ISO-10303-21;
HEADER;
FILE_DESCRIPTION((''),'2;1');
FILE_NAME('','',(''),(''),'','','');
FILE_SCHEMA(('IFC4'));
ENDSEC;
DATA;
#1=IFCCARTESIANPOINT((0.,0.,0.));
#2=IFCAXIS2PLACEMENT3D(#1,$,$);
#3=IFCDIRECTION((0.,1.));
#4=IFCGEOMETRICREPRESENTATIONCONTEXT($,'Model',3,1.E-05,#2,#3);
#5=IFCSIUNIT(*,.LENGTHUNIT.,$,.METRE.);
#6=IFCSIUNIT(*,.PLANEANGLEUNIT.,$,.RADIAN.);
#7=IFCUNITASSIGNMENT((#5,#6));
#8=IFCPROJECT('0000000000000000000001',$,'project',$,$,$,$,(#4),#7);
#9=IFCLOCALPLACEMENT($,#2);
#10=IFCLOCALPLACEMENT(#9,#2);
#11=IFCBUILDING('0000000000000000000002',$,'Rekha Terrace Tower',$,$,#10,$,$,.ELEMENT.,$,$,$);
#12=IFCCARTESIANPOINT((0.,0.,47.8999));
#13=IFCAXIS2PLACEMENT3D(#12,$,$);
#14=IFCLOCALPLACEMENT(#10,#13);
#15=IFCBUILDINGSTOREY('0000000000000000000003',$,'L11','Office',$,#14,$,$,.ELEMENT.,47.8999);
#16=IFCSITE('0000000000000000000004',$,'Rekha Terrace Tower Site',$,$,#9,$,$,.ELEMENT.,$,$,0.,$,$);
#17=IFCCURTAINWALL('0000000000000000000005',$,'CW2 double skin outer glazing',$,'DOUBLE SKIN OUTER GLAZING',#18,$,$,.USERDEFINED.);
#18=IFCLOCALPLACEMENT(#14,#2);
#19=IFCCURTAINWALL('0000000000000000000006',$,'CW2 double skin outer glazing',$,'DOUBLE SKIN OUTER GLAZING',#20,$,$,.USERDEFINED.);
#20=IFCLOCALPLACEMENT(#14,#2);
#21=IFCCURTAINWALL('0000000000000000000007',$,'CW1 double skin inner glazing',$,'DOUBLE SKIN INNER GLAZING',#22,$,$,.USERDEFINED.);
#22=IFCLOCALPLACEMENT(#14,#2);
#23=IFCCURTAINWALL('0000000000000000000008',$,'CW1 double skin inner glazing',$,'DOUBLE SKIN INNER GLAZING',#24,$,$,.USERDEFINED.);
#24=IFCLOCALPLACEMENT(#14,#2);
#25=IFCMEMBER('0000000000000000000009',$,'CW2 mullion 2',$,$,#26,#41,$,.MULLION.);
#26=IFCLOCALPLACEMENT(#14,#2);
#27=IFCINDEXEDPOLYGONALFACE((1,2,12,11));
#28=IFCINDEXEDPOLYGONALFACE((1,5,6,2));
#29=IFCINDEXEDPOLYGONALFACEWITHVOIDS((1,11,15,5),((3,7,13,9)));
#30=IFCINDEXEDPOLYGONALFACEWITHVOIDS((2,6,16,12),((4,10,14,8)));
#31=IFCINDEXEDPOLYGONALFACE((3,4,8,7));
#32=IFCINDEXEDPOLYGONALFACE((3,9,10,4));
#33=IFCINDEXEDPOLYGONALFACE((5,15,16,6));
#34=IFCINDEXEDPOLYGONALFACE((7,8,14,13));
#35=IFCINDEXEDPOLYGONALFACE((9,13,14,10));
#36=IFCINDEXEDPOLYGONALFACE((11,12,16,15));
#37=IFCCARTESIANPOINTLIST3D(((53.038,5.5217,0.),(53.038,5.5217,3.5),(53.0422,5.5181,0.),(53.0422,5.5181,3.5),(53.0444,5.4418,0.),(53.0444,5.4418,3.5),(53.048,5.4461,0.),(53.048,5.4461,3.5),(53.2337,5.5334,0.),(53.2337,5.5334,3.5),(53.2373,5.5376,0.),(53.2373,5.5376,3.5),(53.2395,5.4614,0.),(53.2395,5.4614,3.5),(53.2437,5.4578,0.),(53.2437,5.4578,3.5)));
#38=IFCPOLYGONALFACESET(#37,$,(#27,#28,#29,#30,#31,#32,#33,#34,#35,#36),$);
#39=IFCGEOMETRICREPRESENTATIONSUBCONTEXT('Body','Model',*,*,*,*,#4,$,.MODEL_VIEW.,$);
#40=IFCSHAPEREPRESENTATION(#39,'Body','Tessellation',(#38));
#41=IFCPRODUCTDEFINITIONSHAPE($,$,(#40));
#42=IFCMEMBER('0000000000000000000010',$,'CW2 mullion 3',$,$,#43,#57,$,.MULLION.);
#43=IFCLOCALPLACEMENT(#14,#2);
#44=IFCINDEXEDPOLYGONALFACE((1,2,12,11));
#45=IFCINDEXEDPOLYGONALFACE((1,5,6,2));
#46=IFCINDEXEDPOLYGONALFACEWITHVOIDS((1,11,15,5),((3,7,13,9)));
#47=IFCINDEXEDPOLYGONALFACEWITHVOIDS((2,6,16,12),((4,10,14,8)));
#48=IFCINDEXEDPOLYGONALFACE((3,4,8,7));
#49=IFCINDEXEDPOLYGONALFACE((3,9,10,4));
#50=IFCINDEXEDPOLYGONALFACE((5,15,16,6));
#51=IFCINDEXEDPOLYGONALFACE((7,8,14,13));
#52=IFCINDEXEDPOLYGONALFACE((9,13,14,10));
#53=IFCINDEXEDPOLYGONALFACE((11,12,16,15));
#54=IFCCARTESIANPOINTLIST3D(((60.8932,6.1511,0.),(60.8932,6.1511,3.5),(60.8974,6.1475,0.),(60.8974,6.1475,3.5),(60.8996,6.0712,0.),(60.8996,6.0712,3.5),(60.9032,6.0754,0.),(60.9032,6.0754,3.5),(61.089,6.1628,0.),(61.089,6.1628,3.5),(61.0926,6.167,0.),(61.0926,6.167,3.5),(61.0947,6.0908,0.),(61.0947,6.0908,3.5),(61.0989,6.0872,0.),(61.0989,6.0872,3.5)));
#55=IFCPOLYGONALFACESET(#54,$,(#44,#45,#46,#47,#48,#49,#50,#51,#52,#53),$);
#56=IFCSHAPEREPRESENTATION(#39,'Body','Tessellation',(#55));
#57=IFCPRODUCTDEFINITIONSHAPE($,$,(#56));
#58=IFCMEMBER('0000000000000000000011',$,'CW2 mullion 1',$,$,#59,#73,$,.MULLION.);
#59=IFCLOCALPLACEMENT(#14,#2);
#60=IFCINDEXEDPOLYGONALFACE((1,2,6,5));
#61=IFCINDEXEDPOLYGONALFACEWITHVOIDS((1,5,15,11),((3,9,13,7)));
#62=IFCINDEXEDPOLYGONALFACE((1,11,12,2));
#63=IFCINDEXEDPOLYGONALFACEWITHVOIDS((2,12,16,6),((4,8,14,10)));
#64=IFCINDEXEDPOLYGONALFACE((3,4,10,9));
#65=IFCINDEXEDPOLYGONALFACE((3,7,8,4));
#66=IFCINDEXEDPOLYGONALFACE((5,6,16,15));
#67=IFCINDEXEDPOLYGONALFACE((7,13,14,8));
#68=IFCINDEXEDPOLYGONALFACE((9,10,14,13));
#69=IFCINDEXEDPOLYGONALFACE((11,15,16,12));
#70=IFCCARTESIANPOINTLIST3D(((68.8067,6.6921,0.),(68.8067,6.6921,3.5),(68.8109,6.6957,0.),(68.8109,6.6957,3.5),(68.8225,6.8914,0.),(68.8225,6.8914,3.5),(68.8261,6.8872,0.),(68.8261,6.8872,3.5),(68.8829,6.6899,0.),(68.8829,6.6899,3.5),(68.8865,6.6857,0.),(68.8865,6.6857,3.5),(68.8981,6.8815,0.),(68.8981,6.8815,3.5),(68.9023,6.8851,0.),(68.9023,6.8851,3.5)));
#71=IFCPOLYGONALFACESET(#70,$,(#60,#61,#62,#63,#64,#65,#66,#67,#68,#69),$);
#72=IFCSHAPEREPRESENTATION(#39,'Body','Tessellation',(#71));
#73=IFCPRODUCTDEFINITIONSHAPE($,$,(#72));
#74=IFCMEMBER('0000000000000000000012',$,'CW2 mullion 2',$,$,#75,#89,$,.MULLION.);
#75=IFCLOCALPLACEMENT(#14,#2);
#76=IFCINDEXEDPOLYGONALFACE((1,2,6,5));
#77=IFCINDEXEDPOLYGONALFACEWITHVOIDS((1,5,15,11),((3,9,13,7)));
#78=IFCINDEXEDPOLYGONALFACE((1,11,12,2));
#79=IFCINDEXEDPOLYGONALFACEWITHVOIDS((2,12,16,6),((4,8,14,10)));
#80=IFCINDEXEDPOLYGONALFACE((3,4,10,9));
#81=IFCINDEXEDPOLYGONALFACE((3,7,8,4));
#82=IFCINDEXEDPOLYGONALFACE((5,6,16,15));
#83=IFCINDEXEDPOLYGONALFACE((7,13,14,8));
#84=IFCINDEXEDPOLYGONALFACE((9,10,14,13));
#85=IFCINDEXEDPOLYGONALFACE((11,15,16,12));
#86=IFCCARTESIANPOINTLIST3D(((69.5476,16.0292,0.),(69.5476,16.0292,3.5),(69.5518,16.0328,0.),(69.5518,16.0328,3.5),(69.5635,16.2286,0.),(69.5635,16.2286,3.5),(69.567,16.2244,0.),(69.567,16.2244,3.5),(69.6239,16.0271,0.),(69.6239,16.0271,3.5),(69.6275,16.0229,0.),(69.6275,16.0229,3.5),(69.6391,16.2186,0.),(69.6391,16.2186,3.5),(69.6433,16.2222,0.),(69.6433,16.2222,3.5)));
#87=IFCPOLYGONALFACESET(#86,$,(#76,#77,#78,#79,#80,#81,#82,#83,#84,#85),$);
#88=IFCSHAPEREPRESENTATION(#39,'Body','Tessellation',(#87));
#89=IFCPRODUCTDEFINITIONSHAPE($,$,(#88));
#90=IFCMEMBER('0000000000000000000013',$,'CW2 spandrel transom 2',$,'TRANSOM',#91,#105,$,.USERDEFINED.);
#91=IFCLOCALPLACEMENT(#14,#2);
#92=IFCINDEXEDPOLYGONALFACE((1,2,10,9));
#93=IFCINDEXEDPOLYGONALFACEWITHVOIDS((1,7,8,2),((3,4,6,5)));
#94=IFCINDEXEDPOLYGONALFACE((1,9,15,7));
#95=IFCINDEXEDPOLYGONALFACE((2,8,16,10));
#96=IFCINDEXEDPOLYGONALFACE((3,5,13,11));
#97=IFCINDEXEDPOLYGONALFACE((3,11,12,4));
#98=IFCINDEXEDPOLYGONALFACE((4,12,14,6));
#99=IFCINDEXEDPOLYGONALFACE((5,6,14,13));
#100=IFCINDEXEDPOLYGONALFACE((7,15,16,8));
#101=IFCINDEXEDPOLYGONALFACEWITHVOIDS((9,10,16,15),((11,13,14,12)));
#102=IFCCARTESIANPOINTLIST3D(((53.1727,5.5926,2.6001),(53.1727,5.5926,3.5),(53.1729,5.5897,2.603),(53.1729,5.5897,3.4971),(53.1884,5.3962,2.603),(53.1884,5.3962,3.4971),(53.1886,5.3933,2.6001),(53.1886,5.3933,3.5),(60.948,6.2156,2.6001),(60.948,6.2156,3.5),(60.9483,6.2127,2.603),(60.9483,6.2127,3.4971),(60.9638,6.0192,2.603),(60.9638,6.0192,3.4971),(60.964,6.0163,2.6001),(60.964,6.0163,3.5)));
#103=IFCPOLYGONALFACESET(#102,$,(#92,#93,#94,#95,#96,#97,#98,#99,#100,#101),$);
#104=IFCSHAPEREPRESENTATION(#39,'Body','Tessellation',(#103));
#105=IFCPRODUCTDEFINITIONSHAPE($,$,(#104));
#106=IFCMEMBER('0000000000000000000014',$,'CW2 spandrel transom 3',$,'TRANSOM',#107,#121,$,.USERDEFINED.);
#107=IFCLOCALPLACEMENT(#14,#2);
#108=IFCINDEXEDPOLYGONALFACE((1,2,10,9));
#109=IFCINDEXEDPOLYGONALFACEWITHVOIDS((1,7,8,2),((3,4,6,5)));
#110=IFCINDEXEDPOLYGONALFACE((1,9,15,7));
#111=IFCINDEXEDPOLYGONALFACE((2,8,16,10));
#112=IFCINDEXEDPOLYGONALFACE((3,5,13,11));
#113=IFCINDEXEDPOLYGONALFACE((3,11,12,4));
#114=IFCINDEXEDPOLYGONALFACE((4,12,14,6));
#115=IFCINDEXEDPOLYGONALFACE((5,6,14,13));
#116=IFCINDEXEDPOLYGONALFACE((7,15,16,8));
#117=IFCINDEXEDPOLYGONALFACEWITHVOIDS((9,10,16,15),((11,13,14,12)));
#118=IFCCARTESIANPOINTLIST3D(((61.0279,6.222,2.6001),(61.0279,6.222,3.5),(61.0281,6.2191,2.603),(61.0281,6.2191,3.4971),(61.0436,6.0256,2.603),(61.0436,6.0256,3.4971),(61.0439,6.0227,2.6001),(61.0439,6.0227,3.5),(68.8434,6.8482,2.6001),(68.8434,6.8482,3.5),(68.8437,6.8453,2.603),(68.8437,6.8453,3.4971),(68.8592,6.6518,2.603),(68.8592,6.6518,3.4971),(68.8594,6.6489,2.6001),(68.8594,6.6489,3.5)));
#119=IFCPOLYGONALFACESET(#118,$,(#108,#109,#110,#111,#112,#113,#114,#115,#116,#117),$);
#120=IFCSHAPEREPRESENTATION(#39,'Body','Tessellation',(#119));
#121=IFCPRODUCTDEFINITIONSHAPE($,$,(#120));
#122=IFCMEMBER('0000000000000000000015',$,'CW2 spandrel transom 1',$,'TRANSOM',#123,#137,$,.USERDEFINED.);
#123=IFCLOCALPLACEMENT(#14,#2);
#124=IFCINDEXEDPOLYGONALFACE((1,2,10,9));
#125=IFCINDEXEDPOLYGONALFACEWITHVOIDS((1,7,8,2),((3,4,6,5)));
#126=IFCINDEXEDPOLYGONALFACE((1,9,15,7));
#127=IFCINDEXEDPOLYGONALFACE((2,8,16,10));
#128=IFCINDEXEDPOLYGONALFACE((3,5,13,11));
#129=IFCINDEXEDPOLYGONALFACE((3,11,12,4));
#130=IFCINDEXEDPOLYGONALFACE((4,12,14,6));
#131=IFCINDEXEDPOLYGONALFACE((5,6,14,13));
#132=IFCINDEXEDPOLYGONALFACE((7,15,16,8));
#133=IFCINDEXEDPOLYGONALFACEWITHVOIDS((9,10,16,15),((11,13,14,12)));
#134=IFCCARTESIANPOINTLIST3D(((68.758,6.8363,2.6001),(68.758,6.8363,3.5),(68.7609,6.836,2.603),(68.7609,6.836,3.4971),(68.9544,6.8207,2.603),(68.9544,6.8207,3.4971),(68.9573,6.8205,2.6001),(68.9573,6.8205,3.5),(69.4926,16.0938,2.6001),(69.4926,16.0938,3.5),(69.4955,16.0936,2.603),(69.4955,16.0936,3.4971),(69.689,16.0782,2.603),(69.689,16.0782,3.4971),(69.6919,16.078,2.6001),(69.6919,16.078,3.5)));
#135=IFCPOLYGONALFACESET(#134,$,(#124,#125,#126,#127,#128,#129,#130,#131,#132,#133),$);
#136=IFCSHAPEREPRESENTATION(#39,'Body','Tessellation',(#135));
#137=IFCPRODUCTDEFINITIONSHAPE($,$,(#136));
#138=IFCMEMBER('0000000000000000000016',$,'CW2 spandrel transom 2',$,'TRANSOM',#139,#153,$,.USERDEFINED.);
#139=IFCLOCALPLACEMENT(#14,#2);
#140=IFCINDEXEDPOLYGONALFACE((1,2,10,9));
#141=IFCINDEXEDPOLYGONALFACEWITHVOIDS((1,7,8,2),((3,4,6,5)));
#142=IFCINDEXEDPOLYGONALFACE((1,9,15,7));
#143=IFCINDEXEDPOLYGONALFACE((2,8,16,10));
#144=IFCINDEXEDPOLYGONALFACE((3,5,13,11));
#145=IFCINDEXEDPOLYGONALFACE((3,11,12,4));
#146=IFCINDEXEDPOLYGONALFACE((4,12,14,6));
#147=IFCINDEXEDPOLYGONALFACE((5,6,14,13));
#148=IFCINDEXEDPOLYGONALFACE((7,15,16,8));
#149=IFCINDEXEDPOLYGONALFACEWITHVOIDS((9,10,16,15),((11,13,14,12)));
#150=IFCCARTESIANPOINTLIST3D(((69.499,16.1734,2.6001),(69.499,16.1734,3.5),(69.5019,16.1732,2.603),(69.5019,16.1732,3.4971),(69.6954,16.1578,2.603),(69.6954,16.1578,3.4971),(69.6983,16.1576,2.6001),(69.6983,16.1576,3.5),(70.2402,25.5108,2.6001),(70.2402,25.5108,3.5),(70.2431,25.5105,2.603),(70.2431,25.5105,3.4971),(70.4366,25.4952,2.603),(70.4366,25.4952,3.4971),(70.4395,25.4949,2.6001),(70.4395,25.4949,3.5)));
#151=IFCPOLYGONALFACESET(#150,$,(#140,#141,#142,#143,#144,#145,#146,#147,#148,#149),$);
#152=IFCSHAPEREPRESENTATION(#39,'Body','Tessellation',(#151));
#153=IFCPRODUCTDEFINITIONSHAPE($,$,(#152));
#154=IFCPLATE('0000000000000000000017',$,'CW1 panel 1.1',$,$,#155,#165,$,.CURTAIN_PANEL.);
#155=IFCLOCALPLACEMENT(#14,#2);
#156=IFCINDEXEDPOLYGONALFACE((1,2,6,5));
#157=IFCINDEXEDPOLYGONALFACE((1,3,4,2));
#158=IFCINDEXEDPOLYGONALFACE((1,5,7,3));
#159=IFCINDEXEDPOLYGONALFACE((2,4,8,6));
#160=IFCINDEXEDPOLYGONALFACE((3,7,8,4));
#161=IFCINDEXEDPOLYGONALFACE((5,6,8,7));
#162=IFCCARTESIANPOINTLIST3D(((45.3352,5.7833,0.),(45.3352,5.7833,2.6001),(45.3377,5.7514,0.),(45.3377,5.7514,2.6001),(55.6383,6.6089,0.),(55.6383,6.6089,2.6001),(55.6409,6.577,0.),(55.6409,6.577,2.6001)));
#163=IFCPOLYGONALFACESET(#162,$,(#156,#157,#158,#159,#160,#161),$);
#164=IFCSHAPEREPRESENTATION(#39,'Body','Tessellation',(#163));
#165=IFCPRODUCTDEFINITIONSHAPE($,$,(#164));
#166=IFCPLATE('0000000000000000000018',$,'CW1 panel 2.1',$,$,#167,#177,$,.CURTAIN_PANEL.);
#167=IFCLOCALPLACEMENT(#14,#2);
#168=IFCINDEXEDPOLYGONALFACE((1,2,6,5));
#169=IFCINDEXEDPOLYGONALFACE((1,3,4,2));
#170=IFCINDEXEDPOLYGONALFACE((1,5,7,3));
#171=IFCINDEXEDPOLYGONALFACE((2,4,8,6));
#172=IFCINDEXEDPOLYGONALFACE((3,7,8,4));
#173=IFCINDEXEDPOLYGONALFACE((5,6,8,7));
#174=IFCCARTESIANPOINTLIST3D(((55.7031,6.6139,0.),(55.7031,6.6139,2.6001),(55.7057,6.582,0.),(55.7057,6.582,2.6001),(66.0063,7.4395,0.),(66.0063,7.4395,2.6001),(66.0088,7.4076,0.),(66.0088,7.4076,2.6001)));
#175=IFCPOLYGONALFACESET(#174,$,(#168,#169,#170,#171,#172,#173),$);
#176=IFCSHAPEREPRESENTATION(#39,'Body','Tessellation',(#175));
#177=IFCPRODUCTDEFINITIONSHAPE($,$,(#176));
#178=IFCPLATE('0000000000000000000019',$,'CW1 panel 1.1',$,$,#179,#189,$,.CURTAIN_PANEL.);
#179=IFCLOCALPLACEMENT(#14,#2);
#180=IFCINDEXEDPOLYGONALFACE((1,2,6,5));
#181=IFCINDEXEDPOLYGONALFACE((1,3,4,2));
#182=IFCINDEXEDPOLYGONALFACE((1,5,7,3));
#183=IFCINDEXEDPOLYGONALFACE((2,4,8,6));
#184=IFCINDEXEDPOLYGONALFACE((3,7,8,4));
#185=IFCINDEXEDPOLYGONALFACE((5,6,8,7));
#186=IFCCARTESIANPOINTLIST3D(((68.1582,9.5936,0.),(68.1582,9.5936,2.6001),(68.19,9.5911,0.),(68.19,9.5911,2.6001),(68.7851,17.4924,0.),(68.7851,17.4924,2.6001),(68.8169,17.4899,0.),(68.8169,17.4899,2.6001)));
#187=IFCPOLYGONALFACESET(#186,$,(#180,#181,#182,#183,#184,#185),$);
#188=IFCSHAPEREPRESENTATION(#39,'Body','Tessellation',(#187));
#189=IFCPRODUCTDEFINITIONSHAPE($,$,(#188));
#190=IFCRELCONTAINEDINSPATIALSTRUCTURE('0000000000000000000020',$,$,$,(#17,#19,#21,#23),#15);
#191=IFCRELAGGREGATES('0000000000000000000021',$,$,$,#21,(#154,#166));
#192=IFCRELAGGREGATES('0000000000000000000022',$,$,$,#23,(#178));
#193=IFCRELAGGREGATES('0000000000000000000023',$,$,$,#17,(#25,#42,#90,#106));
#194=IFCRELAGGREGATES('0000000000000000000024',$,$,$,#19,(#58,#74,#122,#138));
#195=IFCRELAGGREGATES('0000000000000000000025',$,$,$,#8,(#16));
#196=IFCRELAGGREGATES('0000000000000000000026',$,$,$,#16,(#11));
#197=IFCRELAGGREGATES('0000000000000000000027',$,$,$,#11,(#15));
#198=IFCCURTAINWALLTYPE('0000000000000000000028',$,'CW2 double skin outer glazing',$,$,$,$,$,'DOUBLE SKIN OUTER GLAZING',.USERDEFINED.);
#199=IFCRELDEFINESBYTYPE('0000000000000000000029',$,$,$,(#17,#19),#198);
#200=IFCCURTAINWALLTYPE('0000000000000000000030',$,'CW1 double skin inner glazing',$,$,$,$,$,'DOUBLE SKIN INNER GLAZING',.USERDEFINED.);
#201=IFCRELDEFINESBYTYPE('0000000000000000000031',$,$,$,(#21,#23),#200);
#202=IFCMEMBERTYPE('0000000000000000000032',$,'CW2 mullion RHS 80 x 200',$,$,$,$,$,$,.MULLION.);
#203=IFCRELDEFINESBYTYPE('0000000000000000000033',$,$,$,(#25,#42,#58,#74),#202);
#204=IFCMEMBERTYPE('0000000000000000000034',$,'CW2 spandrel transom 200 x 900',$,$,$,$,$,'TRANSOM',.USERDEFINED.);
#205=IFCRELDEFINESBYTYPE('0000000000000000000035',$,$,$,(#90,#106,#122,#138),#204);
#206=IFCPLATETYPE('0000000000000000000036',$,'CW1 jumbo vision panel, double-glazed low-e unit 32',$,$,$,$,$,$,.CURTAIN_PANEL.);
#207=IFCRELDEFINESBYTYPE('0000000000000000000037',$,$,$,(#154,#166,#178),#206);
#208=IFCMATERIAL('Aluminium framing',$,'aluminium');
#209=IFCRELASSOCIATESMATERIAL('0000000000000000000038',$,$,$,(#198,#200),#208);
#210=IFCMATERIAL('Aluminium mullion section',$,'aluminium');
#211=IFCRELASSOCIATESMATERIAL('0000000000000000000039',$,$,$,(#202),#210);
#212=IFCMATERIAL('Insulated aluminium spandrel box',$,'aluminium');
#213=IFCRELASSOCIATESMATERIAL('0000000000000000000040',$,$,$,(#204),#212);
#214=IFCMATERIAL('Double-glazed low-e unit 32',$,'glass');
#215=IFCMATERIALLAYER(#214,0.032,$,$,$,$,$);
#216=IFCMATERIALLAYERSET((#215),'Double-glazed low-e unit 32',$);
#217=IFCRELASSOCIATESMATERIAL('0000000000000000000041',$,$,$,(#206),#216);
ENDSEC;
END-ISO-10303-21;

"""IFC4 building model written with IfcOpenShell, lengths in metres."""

from ifc_helpers import new_model, si_unit, direction, frame, origin, origin_2d, place, context, subcontext, project, spatial, rectangle, hollow_rectangle, extrude, material, layer, layer_set, material_profile, profile_set, type_object, element, aggregate, save


model = new_model("IFC4")

# Units and contexts
model_context = context("Model", 3, precision=1e-05, world=origin(), true_north=direction((0.0, 1.0)))
body_context = subcontext(model_context, "Body", "Model", "MODEL_VIEW")
ifc_project = project(units=[si_unit("LENGTHUNIT", "METRE"), si_unit("PLANEANGLEUNIT", "RADIAN")], contexts=[model_context])

# Site, building, storey
site_placement = place(None, origin())
site = spatial("IfcSite", under=ifc_project, at=site_placement, Name="Rekha Terrace Tower Site", CompositionType="ELEMENT", RefElevation=0.0)
building_placement = place(site_placement, origin())
building = spatial("IfcBuilding", under=site, at=building_placement, Name="Rekha Terrace Tower", CompositionType="ELEMENT")
storey_placement = place(building_placement, frame((0.0, 0.0, 47.8999)))
storey = spatial("IfcBuildingStorey", under=building, at=storey_placement, Name="L11", Description="Office", CompositionType="ELEMENT", Elevation=47.8999)

# Curtain wall
ifc_material_1 = material(Name="Aluminium framing", Category="aluminium")
curtain_wall_type_1 = type_object("IfcCurtainWallType", Name="CW2 double skin outer glazing", ElementType="DOUBLE SKIN OUTER GLAZING", PredefinedType="USERDEFINED", material=ifc_material_1)
curtain_wall_1_placement = place(storey_placement, origin())
curtain_wall_1 = element("IfcCurtainWall", 1, at=curtain_wall_1_placement, inside=storey, type_object=curtain_wall_type_1, Name="CW2 double skin outer glazing", ObjectType="DOUBLE SKIN OUTER GLAZING", PredefinedType="USERDEFINED")

# Curtain wall
curtain_wall_2_placement = place(storey_placement, origin())
curtain_wall_2 = element("IfcCurtainWall", 2, at=curtain_wall_2_placement, inside=storey, type_object=curtain_wall_type_1, Name="CW2 double skin outer glazing", ObjectType="DOUBLE SKIN OUTER GLAZING", PredefinedType="USERDEFINED")

# Curtain wall
curtain_wall_type_2 = type_object("IfcCurtainWallType", Name="CW1 double skin inner glazing", ElementType="DOUBLE SKIN INNER GLAZING", PredefinedType="USERDEFINED", material=ifc_material_1)
curtain_wall_3_placement = place(storey_placement, origin())
curtain_wall_3 = element("IfcCurtainWall", 3, at=curtain_wall_3_placement, inside=storey, type_object=curtain_wall_type_2, Name="CW1 double skin inner glazing", ObjectType="DOUBLE SKIN INNER GLAZING", PredefinedType="USERDEFINED")
ifc_material_2 = material(Name="Aluminium mullion section", Category="aluminium")

# Curtain wall
curtain_wall_4_placement = place(storey_placement, origin())
curtain_wall_4 = element("IfcCurtainWall", 4, at=curtain_wall_4_placement, inside=storey, type_object=curtain_wall_type_2, Name="CW1 double skin inner glazing", ObjectType="DOUBLE SKIN INNER GLAZING", PredefinedType="USERDEFINED")

# Members
ifc_material_3 = material(Name="Insulated aluminium spandrel box", Category="aluminium")
ifc_material_profile_1 = material_profile(ifc_material_2, hollow_rectangle(XDim=0.0801, YDim=0.2, WallThickness=0.0039, at=origin_2d()), Name="AL RHS 80x200")
ifc_profile_set_1 = profile_set([ifc_material_profile_1], Name="Aluminium mullion section")
member_type_1 = type_object("IfcMemberType", Name="CW2 mullion RHS 80 x 200", PredefinedType="MULLION", material=ifc_profile_set_1)
member_1_placement = place(storey_placement, frame((53.1409, 5.4897, 0.0), z_axis=(0.0, 0.0, 1.0), x_axis=(-0.079872, 0.996805, 0.0)))
member_1 = element("IfcMember", 5, at=member_1_placement, type_object=member_type_1, Name="CW2 mullion 2", PredefinedType="MULLION", context=body_context, shape_type="SweptSolid", body=[
    extrude(hollow_rectangle(XDim=0.0801, YDim=0.2, WallThickness=0.0039, at=origin_2d()), origin(), (0.0, 0.0, 1.0), 3.5),
])
member_2_placement = place(storey_placement, frame((60.9961, 6.1191, 0.0), z_axis=(0.0, 0.0, 1.0), x_axis=(-0.079872, 0.996805, 0.0)))
member_2 = element("IfcMember", 6, at=member_2_placement, type_object=member_type_1, Name="CW2 mullion 3", PredefinedType="MULLION", context=body_context, shape_type="SweptSolid", body=[
    extrude(hollow_rectangle(XDim=0.0801, YDim=0.2, WallThickness=0.0039, at=origin_2d()), origin(), (0.0, 0.0, 1.0), 3.5),
])
member_3_placement = place(storey_placement, frame((68.8545, 6.7886, 0.0), z_axis=(0.0, 0.0, 1.0), x_axis=(-0.996865, 0.079116, 0.0)))
member_3 = element("IfcMember", 7, at=member_3_placement, type_object=member_type_1, Name="CW2 mullion 1", PredefinedType="MULLION", context=body_context, shape_type="SweptSolid", body=[
    extrude(hollow_rectangle(XDim=0.0801, YDim=0.2, WallThickness=0.0039, at=origin_2d()), origin(), (0.0, 0.0, 1.0), 3.5),
])
member_4_placement = place(storey_placement, frame((69.5955, 16.1257, 0.0), z_axis=(0.0, 0.0, 1.0), x_axis=(-0.996865, 0.079116, 0.0)))
member_4 = element("IfcMember", 8, at=member_4_placement, type_object=member_type_1, Name="CW2 mullion 2", PredefinedType="MULLION", context=body_context, shape_type="SweptSolid", body=[
    extrude(hollow_rectangle(XDim=0.0801, YDim=0.2, WallThickness=0.0039, at=origin_2d()), origin(), (0.0, 0.0, 1.0), 3.5),
])
ifc_material_profile_2 = material_profile(ifc_material_3, hollow_rectangle(XDim=0.2, YDim=0.8999, WallThickness=0.0029, at=origin_2d()), Name="AL SPANDREL BOX 200x900")
ifc_profile_set_2 = profile_set([ifc_material_profile_2], Name="Insulated aluminium spandrel box")
member_type_2 = type_object("IfcMemberType", Name="CW2 spandrel transom 200 x 900", ElementType="TRANSOM", PredefinedType="USERDEFINED", material=ifc_profile_set_2)
member_5_placement = place(storey_placement, frame((53.1807, 5.4929, 3.05), z_axis=(0.996805, 0.079875, 0.0), x_axis=(-0.079875, 0.996805, 0.0)))
member_5 = element("IfcMember", 9, at=member_5_placement, type_object=member_type_2, Name="CW2 spandrel transom 2", ObjectType="TRANSOM", PredefinedType="USERDEFINED", context=body_context, shape_type="SweptSolid", body=[
    extrude(hollow_rectangle(XDim=0.2, YDim=0.8999, WallThickness=0.0029, at=origin_2d()), origin(), (0.0, 0.0, 1.0), 7.8003),
])
member_6_placement = place(storey_placement, frame((61.0359, 6.1223, 3.05), z_axis=(0.996805, 0.07987, 0.0), x_axis=(-0.07987, 0.996805, 0.0)))
member_6 = element("IfcMember", 10, at=member_6_placement, type_object=member_type_2, Name="CW2 spandrel transom 3", ObjectType="TRANSOM", PredefinedType="USERDEFINED", context=body_context, shape_type="SweptSolid", body=[
    extrude(hollow_rectangle(XDim=0.2, YDim=0.8999, WallThickness=0.0029, at=origin_2d()), origin(), (0.0, 0.0, 1.0), 7.8406),
])
member_7_placement = place(storey_placement, frame((68.8577, 6.8284, 3.05), z_axis=(0.079105, 0.996866, 0.0), x_axis=(-0.996866, 0.079105, 0.0)))
member_7 = element("IfcMember", 11, at=member_7_placement, type_object=member_type_2, Name="CW2 spandrel transom 1", ObjectType="TRANSOM", PredefinedType="USERDEFINED", context=body_context, shape_type="SweptSolid", body=[
    extrude(hollow_rectangle(XDim=0.2, YDim=0.8999, WallThickness=0.0029, at=origin_2d()), origin(), (0.0, 0.0, 1.0), 9.2866),
])
member_8_placement = place(storey_placement, frame((69.5986, 16.1655, 3.05), z_axis=(0.079132, 0.996864, 0.0), x_axis=(-0.996864, 0.079132, 0.0)))
member_8 = element("IfcMember", 12, at=member_8_placement, type_object=member_type_2, Name="CW2 spandrel transom 2", ObjectType="TRANSOM", PredefinedType="USERDEFINED", context=body_context, shape_type="SweptSolid", body=[
    extrude(hollow_rectangle(XDim=0.2, YDim=0.8999, WallThickness=0.0029, at=origin_2d()), origin(), (0.0, 0.0, 1.0), 9.3667),
])

# Plates
ifc_material_4 = material(Name="Double-glazed low-e unit 32", Category="glass")
ifc_layer_1 = layer(ifc_material_4, 0.032)
ifc_layer_set_1 = layer_set([ifc_layer_1], Name="Double-glazed low-e unit 32")
plate_type_1 = type_object("IfcPlateType", Name="CW1 jumbo vision panel, double-glazed low-e unit 32", PredefinedType="CURTAIN_PANEL", material=ifc_layer_set_1)
plate_1_placement = place(storey_placement, frame((50.488, 6.1802, 0.0), z_axis=(0.0, 0.0, 1.0), x_axis=(0.996805, 0.079872, 0.0)))
plate_1 = element("IfcPlate", 13, at=plate_1_placement, type_object=plate_type_1, Name="CW1 panel 1.1", PredefinedType="CURTAIN_PANEL", context=body_context, shape_type="SweptSolid", body=[
    extrude(rectangle(XDim=10.3362, YDim=0.032, at=origin_2d()), origin(), (0.0, 0.0, 1.0), 2.6001),
])
plate_2_placement = place(storey_placement, frame((60.856, 7.0107, 0.0), z_axis=(0.0, 0.0, 1.0), x_axis=(0.996805, 0.079872, 0.0)))
plate_2 = element("IfcPlate", 14, at=plate_2_placement, type_object=plate_type_1, Name="CW1 panel 2.1", PredefinedType="CURTAIN_PANEL", context=body_context, shape_type="SweptSolid", body=[
    extrude(rectangle(XDim=10.3362, YDim=0.032, at=origin_2d()), origin(), (0.0, 0.0, 1.0), 2.6001),
])
aggregate(curtain_wall_3, [plate_1, plate_2])
plate_3_placement = place(storey_placement, frame((68.4875, 13.5417, 0.0), z_axis=(0.0, 0.0, 1.0), x_axis=(0.079116, 0.996865, 0.0)))
plate_3 = element("IfcPlate", 15, at=plate_3_placement, type_object=plate_type_1, Name="CW1 panel 1.1", PredefinedType="CURTAIN_PANEL", context=body_context, shape_type="SweptSolid", body=[
    extrude(rectangle(XDim=7.9236, YDim=0.032, at=origin_2d()), origin(), (0.0, 0.0, 1.0), 2.6001),
])
aggregate(curtain_wall_4, [plate_3])
aggregate(curtain_wall_1, [member_1, member_2, member_5, member_6])
aggregate(curtain_wall_2, [member_3, member_4, member_7, member_8])

save(model, "model.ifc")
